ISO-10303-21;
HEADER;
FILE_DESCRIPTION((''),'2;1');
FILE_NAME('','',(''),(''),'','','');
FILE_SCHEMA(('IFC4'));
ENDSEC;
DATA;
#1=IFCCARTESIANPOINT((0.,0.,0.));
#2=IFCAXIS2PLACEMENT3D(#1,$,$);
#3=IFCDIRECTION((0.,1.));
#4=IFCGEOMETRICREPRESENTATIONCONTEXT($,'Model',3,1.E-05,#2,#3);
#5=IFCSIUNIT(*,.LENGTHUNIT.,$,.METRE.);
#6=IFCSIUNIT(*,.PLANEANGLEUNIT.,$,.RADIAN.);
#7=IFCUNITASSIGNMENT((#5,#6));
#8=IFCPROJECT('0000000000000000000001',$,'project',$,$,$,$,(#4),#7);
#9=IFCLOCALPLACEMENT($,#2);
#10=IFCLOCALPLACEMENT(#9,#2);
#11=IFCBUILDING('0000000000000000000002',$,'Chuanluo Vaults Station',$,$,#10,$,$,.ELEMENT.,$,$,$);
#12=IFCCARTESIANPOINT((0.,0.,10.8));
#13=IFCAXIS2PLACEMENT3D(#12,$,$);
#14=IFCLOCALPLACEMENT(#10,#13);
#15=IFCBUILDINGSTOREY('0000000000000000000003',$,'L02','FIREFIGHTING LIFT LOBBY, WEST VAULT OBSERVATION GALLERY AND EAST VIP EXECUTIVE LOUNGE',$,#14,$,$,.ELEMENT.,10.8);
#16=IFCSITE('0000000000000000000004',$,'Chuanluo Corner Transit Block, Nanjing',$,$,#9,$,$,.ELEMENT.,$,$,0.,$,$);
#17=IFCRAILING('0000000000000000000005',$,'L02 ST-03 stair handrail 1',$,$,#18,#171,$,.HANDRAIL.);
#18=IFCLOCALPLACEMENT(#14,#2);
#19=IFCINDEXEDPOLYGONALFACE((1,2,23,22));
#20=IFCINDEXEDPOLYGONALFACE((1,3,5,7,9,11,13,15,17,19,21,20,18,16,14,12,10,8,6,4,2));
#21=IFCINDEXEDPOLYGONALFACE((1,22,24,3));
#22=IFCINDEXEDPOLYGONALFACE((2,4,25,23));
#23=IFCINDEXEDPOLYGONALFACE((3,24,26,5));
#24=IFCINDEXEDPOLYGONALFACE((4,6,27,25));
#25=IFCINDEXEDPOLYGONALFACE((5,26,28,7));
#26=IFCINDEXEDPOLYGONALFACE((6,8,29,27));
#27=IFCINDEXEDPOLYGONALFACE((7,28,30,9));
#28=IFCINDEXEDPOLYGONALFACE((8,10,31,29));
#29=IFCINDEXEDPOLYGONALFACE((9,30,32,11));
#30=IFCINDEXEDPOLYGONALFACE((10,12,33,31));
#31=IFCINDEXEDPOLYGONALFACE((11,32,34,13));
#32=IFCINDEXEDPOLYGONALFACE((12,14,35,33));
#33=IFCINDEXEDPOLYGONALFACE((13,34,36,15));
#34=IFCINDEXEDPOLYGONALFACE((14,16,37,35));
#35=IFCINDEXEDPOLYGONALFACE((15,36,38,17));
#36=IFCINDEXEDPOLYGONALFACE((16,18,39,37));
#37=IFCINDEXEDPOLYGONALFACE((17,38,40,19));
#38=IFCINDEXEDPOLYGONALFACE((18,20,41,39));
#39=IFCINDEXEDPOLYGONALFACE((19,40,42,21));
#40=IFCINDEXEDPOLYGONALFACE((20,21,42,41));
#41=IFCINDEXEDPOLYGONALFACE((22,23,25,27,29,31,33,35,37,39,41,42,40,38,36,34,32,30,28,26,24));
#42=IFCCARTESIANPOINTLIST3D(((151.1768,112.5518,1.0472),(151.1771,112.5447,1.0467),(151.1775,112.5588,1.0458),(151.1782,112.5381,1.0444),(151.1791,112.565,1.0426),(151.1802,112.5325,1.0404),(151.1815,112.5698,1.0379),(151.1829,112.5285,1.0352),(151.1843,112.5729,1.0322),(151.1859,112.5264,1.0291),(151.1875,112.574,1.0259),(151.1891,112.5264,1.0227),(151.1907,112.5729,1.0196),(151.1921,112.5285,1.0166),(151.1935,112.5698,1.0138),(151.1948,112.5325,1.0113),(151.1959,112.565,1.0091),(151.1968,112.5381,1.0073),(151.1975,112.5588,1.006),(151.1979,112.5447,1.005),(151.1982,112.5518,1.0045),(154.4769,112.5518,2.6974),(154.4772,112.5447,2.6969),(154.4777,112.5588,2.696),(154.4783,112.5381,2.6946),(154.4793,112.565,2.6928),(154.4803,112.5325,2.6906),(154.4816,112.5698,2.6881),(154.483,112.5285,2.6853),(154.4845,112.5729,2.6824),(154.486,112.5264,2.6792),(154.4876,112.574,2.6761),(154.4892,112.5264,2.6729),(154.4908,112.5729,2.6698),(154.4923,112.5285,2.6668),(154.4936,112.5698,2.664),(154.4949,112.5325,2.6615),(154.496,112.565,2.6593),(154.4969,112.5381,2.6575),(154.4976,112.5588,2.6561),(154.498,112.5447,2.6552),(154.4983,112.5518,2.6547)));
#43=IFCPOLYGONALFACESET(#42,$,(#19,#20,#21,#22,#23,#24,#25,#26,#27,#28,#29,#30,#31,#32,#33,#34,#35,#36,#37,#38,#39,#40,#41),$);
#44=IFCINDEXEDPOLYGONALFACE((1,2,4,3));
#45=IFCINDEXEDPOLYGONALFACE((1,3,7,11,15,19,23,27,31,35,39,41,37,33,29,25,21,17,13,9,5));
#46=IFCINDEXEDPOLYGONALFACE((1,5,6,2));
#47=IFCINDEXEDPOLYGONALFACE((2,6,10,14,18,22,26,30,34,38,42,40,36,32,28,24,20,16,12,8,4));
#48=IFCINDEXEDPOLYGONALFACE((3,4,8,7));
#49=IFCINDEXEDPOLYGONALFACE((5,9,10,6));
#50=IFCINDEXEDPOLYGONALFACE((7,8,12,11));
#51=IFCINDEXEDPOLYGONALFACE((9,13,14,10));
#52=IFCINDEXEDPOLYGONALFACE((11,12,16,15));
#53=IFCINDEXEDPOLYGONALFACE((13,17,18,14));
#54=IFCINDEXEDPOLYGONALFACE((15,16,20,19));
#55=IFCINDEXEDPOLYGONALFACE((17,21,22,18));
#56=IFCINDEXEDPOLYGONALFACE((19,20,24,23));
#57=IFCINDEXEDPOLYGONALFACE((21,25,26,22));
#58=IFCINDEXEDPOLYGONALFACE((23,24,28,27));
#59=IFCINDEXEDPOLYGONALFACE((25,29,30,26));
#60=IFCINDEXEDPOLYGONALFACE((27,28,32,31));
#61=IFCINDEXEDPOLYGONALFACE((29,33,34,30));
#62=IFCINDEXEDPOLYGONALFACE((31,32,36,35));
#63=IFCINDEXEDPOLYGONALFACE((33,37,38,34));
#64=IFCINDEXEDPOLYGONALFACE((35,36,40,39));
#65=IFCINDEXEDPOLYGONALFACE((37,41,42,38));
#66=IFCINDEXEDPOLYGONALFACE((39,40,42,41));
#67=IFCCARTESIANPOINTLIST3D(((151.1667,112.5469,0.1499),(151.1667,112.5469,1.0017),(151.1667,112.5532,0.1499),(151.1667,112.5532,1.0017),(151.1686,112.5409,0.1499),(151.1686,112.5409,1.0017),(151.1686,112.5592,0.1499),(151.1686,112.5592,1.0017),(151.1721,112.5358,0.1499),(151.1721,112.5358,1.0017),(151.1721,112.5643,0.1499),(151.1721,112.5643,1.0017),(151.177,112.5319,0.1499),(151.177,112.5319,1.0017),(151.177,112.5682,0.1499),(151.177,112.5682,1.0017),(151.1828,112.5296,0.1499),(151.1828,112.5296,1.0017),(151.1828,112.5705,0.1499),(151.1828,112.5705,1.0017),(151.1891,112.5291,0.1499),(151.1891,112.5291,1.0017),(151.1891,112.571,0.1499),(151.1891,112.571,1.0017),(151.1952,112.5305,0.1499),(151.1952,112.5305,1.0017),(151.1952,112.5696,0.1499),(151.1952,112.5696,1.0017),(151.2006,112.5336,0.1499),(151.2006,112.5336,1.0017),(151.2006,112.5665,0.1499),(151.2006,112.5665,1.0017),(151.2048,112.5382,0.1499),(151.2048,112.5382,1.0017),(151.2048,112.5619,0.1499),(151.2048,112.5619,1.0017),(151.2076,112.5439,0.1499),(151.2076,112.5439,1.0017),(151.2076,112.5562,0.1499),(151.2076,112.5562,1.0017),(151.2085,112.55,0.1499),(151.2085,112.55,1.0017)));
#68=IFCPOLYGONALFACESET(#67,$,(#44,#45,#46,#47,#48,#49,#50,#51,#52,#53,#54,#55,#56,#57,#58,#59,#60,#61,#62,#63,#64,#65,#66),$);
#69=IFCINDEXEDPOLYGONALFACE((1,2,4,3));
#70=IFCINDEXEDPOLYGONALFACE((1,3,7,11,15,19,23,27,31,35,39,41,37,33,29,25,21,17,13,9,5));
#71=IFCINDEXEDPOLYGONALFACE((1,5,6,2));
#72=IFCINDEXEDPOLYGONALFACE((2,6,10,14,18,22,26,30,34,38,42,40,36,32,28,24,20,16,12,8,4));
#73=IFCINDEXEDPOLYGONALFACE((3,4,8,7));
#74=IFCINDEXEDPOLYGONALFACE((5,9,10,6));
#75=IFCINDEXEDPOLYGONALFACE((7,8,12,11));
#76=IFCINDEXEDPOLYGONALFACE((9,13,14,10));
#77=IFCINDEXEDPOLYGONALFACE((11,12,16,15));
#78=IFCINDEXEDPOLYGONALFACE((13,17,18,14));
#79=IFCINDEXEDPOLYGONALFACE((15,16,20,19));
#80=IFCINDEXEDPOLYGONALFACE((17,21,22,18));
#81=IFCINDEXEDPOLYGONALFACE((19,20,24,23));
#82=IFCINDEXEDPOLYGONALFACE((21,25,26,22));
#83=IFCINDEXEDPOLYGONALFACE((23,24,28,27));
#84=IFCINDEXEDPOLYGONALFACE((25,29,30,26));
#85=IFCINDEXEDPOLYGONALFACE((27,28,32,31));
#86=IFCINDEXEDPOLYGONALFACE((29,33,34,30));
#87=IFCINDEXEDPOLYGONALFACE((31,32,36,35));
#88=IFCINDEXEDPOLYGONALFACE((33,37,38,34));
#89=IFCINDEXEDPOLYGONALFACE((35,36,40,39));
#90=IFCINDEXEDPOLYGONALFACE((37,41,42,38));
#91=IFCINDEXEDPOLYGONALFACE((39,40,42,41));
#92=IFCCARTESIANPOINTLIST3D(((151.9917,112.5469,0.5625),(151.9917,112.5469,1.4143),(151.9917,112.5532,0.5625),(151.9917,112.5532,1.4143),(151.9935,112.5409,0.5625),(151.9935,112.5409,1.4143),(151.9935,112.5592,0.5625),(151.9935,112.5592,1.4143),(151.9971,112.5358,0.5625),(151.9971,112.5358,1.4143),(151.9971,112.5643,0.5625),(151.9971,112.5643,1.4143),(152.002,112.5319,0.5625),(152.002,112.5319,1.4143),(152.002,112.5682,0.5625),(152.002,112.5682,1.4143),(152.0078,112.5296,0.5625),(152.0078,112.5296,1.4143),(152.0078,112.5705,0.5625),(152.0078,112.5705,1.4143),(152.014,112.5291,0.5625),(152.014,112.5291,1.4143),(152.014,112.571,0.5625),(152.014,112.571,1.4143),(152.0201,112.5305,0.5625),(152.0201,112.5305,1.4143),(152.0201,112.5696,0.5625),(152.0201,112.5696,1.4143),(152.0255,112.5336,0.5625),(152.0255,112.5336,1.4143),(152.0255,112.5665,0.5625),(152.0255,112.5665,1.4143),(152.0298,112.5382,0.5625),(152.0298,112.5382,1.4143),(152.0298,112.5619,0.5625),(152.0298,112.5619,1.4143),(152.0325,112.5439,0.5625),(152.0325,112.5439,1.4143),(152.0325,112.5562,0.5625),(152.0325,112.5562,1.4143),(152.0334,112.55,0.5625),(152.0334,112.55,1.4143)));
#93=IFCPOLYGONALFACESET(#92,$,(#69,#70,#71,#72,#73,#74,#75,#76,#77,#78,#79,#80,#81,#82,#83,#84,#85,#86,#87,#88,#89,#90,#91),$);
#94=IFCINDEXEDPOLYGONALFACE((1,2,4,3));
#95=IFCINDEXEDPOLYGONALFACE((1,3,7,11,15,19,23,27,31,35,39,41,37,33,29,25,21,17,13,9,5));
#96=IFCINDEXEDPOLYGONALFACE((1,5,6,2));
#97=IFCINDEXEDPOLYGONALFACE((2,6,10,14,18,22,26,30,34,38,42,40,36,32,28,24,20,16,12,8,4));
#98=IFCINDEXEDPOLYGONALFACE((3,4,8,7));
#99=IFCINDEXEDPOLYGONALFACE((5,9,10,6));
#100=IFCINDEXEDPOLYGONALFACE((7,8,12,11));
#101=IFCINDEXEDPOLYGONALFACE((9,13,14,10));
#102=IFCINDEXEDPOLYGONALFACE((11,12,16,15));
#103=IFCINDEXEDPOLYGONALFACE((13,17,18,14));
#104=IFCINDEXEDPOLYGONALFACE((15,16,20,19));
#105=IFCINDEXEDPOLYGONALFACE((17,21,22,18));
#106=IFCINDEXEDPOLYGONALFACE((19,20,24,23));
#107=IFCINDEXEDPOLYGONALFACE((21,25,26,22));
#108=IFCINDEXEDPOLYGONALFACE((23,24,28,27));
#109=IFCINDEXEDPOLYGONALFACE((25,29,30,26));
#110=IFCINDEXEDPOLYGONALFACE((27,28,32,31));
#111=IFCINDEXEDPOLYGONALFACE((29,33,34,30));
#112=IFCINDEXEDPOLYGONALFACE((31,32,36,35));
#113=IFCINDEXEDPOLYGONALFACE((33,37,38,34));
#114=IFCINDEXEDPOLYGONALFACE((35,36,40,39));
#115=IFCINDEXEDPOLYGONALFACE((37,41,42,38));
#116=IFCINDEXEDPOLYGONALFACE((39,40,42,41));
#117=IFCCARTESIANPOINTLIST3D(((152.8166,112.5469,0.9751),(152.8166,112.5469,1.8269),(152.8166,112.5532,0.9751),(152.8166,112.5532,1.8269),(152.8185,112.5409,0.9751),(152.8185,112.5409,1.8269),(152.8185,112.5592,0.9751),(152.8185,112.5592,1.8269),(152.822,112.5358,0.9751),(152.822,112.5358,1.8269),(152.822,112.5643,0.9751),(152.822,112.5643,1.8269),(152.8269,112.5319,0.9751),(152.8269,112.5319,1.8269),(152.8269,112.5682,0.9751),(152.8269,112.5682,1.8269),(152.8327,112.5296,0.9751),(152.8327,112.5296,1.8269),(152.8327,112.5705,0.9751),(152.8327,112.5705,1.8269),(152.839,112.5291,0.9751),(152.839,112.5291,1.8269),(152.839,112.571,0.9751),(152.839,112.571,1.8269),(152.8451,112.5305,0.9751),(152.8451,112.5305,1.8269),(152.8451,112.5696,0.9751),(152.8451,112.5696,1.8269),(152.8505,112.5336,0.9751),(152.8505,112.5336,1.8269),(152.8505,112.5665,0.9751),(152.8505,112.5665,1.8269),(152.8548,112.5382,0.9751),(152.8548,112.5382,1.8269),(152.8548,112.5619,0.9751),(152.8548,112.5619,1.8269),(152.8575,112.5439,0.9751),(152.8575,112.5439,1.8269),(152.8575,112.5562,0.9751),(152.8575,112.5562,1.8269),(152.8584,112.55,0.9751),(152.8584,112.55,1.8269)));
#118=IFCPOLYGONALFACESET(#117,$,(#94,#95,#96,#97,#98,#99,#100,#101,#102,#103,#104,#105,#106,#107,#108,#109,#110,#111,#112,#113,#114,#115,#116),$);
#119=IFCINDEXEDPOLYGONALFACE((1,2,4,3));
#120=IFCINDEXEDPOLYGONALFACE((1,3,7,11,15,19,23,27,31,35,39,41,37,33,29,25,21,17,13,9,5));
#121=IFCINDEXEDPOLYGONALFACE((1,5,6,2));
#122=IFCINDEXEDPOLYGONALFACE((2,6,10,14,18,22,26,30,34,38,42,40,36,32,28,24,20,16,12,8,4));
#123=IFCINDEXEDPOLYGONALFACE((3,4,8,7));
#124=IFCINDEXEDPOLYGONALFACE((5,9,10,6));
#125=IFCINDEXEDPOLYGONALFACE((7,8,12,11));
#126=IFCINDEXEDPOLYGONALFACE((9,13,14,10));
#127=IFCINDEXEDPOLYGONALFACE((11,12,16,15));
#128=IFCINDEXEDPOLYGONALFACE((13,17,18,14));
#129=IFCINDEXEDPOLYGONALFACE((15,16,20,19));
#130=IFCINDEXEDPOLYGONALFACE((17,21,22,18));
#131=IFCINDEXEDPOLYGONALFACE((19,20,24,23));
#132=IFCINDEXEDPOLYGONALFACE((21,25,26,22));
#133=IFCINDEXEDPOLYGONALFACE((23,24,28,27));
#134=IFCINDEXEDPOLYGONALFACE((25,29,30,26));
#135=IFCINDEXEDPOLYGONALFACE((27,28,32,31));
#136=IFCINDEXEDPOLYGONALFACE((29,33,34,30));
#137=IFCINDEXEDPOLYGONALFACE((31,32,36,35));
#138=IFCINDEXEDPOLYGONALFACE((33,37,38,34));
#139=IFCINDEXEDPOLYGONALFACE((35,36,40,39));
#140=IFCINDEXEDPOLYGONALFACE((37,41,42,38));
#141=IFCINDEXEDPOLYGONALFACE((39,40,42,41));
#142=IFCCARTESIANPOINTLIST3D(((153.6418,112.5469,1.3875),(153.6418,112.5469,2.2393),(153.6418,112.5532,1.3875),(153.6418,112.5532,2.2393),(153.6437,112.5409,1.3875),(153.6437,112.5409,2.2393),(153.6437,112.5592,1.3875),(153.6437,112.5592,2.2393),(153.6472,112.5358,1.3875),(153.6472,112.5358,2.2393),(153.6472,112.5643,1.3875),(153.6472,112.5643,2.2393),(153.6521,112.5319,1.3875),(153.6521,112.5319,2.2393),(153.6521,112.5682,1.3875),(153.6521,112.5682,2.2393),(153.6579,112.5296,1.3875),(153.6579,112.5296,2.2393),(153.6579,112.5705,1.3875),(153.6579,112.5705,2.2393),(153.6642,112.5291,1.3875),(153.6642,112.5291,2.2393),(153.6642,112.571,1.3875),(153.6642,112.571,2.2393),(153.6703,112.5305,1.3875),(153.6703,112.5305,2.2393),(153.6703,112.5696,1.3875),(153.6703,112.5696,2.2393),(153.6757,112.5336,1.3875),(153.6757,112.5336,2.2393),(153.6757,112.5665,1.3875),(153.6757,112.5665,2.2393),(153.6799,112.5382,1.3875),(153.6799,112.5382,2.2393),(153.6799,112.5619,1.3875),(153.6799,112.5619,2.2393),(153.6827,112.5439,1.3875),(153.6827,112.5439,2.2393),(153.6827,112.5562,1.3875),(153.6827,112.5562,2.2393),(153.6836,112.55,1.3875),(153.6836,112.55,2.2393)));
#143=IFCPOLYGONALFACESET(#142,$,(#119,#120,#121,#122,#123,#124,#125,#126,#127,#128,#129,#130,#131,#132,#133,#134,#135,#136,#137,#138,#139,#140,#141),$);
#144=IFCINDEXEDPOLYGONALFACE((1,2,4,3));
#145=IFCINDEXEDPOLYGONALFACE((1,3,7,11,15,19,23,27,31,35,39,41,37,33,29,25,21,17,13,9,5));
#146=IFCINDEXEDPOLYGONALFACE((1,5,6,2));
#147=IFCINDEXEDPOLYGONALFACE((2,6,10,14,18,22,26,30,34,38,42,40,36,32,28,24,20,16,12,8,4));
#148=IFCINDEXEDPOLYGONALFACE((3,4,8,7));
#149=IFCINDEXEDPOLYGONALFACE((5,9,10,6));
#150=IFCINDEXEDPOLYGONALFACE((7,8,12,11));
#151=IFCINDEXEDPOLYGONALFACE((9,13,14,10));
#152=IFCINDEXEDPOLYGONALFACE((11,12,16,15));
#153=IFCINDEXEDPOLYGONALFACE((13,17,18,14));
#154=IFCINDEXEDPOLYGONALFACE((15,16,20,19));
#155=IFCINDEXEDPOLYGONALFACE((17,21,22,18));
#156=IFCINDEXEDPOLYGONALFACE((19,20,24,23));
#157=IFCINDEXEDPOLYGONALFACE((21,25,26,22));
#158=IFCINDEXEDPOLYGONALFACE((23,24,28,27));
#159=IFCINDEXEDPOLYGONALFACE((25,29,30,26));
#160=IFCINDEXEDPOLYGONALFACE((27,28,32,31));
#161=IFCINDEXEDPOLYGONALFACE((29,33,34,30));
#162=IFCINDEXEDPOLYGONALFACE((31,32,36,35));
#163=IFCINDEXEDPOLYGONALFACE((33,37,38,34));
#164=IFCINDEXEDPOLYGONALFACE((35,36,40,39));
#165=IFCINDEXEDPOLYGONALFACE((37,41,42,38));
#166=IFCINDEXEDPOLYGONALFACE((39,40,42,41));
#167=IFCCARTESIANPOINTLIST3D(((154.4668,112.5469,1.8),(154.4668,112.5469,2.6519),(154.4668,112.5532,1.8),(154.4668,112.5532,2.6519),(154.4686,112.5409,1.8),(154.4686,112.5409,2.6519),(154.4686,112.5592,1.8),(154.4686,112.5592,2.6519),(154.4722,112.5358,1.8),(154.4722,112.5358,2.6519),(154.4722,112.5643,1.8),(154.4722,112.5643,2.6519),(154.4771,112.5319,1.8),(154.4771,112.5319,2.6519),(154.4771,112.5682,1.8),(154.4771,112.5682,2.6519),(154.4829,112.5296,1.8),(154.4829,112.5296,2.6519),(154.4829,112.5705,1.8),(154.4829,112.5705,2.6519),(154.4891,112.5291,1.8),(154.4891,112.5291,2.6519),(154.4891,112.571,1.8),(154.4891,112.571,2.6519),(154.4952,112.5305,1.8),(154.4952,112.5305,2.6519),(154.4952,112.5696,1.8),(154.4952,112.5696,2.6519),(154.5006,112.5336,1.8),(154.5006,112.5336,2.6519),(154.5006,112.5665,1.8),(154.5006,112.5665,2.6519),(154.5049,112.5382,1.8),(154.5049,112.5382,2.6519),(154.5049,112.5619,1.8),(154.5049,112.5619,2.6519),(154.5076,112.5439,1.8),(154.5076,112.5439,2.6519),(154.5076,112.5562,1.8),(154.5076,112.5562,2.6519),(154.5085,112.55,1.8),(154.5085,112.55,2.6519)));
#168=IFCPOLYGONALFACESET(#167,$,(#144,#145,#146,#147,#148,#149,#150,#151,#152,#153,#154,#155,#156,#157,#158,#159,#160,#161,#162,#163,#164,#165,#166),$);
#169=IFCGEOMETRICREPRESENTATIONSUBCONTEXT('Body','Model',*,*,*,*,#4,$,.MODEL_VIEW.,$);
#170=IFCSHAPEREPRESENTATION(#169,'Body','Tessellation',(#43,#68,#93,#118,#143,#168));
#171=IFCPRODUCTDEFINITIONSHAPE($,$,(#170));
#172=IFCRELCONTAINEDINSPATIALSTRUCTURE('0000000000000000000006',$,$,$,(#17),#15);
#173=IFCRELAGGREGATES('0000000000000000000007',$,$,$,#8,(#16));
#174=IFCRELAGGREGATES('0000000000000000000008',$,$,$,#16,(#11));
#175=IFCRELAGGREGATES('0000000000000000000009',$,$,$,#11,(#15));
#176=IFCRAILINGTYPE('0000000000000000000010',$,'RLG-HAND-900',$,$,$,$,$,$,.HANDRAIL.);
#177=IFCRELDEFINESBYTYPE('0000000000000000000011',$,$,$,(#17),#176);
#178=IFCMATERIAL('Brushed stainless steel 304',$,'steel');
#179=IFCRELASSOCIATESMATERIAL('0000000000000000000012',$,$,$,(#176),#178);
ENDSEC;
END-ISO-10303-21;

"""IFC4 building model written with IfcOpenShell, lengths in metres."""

from ifc_helpers import new_model, si_unit, direction, frame, origin, origin_2d, place, context, subcontext, project, spatial, circle, extrude, material, type_object, element, save


model = new_model("IFC4")

# Units and contexts
model_context = context("Model", 3, precision=1e-05, world=origin(), true_north=direction((0.0, 1.0)))
body_context = subcontext(model_context, "Body", "Model", "MODEL_VIEW")
ifc_project = project(units=[si_unit("LENGTHUNIT", "METRE"), si_unit("PLANEANGLEUNIT", "RADIAN")], contexts=[model_context])

# Site, building, storey
site_placement = place(None, origin())
site = spatial("IfcSite", under=ifc_project, at=site_placement, Name="Chuanluo Corner Transit Block, Nanjing", CompositionType="ELEMENT", RefElevation=0.0)
building_placement = place(site_placement, origin())
building = spatial("IfcBuilding", under=site, at=building_placement, Name="Chuanluo Vaults Station", CompositionType="ELEMENT")
storey_placement = place(building_placement, frame((0.0, 0.0, 10.8)))
storey = spatial("IfcBuildingStorey", under=building, at=storey_placement, Name="L02", Description="FIREFIGHTING LIFT LOBBY, WEST VAULT OBSERVATION GALLERY AND EAST VIP EXECUTIVE LOUNGE", CompositionType="ELEMENT", Elevation=10.8)

# Railing
ifc_material_1 = material(Name="Brushed stainless steel 304", Category="steel")
railing_type_1 = type_object("IfcRailingType", Name="RLG-HAND-900", PredefinedType="HANDRAIL", material=ifc_material_1)
railing_1_placement = place(storey_placement, frame((151.1875, 112.55, 0.1499)))
element("IfcRailing", 1, at=railing_1_placement, inside=storey, type_object=railing_type_1, Name="L02 ST-03 stair handrail 1", PredefinedType="HANDRAIL", context=body_context, shape_type="SweptSolid", body=[
    extrude(circle(Radius=0.0239, at=origin_2d()), frame((0.0, 0.0, 0.876), z_axis=(0.894414, 0.0, 0.44724), x_axis=(0.0, 1.0, 0.0)), (0.0, 0.0, 1.0), 3.6897),
    extrude(circle(Radius=0.021, at=origin_2d()), origin(), (0.0, 0.0, 1.0), 0.8518),
    extrude(circle(Radius=0.021, at=origin_2d()), frame((0.825, 0.0, 0.4126)), (0.0, 0.0, 1.0), 0.8518),
    extrude(circle(Radius=0.021, at=origin_2d()), frame((1.6499, 0.0, 0.8252)), (0.0, 0.0, 1.0), 0.8518),
    extrude(circle(Radius=0.021, at=origin_2d()), frame((2.4751, 0.0, 1.2375)), (0.0, 0.0, 1.0), 0.8518),
    extrude(circle(Radius=0.021, at=origin_2d()), frame((3.3, 0.0, 1.6501)), (0.0, 0.0, 1.0), 0.8518),
])

save(model, "model.ifc")
